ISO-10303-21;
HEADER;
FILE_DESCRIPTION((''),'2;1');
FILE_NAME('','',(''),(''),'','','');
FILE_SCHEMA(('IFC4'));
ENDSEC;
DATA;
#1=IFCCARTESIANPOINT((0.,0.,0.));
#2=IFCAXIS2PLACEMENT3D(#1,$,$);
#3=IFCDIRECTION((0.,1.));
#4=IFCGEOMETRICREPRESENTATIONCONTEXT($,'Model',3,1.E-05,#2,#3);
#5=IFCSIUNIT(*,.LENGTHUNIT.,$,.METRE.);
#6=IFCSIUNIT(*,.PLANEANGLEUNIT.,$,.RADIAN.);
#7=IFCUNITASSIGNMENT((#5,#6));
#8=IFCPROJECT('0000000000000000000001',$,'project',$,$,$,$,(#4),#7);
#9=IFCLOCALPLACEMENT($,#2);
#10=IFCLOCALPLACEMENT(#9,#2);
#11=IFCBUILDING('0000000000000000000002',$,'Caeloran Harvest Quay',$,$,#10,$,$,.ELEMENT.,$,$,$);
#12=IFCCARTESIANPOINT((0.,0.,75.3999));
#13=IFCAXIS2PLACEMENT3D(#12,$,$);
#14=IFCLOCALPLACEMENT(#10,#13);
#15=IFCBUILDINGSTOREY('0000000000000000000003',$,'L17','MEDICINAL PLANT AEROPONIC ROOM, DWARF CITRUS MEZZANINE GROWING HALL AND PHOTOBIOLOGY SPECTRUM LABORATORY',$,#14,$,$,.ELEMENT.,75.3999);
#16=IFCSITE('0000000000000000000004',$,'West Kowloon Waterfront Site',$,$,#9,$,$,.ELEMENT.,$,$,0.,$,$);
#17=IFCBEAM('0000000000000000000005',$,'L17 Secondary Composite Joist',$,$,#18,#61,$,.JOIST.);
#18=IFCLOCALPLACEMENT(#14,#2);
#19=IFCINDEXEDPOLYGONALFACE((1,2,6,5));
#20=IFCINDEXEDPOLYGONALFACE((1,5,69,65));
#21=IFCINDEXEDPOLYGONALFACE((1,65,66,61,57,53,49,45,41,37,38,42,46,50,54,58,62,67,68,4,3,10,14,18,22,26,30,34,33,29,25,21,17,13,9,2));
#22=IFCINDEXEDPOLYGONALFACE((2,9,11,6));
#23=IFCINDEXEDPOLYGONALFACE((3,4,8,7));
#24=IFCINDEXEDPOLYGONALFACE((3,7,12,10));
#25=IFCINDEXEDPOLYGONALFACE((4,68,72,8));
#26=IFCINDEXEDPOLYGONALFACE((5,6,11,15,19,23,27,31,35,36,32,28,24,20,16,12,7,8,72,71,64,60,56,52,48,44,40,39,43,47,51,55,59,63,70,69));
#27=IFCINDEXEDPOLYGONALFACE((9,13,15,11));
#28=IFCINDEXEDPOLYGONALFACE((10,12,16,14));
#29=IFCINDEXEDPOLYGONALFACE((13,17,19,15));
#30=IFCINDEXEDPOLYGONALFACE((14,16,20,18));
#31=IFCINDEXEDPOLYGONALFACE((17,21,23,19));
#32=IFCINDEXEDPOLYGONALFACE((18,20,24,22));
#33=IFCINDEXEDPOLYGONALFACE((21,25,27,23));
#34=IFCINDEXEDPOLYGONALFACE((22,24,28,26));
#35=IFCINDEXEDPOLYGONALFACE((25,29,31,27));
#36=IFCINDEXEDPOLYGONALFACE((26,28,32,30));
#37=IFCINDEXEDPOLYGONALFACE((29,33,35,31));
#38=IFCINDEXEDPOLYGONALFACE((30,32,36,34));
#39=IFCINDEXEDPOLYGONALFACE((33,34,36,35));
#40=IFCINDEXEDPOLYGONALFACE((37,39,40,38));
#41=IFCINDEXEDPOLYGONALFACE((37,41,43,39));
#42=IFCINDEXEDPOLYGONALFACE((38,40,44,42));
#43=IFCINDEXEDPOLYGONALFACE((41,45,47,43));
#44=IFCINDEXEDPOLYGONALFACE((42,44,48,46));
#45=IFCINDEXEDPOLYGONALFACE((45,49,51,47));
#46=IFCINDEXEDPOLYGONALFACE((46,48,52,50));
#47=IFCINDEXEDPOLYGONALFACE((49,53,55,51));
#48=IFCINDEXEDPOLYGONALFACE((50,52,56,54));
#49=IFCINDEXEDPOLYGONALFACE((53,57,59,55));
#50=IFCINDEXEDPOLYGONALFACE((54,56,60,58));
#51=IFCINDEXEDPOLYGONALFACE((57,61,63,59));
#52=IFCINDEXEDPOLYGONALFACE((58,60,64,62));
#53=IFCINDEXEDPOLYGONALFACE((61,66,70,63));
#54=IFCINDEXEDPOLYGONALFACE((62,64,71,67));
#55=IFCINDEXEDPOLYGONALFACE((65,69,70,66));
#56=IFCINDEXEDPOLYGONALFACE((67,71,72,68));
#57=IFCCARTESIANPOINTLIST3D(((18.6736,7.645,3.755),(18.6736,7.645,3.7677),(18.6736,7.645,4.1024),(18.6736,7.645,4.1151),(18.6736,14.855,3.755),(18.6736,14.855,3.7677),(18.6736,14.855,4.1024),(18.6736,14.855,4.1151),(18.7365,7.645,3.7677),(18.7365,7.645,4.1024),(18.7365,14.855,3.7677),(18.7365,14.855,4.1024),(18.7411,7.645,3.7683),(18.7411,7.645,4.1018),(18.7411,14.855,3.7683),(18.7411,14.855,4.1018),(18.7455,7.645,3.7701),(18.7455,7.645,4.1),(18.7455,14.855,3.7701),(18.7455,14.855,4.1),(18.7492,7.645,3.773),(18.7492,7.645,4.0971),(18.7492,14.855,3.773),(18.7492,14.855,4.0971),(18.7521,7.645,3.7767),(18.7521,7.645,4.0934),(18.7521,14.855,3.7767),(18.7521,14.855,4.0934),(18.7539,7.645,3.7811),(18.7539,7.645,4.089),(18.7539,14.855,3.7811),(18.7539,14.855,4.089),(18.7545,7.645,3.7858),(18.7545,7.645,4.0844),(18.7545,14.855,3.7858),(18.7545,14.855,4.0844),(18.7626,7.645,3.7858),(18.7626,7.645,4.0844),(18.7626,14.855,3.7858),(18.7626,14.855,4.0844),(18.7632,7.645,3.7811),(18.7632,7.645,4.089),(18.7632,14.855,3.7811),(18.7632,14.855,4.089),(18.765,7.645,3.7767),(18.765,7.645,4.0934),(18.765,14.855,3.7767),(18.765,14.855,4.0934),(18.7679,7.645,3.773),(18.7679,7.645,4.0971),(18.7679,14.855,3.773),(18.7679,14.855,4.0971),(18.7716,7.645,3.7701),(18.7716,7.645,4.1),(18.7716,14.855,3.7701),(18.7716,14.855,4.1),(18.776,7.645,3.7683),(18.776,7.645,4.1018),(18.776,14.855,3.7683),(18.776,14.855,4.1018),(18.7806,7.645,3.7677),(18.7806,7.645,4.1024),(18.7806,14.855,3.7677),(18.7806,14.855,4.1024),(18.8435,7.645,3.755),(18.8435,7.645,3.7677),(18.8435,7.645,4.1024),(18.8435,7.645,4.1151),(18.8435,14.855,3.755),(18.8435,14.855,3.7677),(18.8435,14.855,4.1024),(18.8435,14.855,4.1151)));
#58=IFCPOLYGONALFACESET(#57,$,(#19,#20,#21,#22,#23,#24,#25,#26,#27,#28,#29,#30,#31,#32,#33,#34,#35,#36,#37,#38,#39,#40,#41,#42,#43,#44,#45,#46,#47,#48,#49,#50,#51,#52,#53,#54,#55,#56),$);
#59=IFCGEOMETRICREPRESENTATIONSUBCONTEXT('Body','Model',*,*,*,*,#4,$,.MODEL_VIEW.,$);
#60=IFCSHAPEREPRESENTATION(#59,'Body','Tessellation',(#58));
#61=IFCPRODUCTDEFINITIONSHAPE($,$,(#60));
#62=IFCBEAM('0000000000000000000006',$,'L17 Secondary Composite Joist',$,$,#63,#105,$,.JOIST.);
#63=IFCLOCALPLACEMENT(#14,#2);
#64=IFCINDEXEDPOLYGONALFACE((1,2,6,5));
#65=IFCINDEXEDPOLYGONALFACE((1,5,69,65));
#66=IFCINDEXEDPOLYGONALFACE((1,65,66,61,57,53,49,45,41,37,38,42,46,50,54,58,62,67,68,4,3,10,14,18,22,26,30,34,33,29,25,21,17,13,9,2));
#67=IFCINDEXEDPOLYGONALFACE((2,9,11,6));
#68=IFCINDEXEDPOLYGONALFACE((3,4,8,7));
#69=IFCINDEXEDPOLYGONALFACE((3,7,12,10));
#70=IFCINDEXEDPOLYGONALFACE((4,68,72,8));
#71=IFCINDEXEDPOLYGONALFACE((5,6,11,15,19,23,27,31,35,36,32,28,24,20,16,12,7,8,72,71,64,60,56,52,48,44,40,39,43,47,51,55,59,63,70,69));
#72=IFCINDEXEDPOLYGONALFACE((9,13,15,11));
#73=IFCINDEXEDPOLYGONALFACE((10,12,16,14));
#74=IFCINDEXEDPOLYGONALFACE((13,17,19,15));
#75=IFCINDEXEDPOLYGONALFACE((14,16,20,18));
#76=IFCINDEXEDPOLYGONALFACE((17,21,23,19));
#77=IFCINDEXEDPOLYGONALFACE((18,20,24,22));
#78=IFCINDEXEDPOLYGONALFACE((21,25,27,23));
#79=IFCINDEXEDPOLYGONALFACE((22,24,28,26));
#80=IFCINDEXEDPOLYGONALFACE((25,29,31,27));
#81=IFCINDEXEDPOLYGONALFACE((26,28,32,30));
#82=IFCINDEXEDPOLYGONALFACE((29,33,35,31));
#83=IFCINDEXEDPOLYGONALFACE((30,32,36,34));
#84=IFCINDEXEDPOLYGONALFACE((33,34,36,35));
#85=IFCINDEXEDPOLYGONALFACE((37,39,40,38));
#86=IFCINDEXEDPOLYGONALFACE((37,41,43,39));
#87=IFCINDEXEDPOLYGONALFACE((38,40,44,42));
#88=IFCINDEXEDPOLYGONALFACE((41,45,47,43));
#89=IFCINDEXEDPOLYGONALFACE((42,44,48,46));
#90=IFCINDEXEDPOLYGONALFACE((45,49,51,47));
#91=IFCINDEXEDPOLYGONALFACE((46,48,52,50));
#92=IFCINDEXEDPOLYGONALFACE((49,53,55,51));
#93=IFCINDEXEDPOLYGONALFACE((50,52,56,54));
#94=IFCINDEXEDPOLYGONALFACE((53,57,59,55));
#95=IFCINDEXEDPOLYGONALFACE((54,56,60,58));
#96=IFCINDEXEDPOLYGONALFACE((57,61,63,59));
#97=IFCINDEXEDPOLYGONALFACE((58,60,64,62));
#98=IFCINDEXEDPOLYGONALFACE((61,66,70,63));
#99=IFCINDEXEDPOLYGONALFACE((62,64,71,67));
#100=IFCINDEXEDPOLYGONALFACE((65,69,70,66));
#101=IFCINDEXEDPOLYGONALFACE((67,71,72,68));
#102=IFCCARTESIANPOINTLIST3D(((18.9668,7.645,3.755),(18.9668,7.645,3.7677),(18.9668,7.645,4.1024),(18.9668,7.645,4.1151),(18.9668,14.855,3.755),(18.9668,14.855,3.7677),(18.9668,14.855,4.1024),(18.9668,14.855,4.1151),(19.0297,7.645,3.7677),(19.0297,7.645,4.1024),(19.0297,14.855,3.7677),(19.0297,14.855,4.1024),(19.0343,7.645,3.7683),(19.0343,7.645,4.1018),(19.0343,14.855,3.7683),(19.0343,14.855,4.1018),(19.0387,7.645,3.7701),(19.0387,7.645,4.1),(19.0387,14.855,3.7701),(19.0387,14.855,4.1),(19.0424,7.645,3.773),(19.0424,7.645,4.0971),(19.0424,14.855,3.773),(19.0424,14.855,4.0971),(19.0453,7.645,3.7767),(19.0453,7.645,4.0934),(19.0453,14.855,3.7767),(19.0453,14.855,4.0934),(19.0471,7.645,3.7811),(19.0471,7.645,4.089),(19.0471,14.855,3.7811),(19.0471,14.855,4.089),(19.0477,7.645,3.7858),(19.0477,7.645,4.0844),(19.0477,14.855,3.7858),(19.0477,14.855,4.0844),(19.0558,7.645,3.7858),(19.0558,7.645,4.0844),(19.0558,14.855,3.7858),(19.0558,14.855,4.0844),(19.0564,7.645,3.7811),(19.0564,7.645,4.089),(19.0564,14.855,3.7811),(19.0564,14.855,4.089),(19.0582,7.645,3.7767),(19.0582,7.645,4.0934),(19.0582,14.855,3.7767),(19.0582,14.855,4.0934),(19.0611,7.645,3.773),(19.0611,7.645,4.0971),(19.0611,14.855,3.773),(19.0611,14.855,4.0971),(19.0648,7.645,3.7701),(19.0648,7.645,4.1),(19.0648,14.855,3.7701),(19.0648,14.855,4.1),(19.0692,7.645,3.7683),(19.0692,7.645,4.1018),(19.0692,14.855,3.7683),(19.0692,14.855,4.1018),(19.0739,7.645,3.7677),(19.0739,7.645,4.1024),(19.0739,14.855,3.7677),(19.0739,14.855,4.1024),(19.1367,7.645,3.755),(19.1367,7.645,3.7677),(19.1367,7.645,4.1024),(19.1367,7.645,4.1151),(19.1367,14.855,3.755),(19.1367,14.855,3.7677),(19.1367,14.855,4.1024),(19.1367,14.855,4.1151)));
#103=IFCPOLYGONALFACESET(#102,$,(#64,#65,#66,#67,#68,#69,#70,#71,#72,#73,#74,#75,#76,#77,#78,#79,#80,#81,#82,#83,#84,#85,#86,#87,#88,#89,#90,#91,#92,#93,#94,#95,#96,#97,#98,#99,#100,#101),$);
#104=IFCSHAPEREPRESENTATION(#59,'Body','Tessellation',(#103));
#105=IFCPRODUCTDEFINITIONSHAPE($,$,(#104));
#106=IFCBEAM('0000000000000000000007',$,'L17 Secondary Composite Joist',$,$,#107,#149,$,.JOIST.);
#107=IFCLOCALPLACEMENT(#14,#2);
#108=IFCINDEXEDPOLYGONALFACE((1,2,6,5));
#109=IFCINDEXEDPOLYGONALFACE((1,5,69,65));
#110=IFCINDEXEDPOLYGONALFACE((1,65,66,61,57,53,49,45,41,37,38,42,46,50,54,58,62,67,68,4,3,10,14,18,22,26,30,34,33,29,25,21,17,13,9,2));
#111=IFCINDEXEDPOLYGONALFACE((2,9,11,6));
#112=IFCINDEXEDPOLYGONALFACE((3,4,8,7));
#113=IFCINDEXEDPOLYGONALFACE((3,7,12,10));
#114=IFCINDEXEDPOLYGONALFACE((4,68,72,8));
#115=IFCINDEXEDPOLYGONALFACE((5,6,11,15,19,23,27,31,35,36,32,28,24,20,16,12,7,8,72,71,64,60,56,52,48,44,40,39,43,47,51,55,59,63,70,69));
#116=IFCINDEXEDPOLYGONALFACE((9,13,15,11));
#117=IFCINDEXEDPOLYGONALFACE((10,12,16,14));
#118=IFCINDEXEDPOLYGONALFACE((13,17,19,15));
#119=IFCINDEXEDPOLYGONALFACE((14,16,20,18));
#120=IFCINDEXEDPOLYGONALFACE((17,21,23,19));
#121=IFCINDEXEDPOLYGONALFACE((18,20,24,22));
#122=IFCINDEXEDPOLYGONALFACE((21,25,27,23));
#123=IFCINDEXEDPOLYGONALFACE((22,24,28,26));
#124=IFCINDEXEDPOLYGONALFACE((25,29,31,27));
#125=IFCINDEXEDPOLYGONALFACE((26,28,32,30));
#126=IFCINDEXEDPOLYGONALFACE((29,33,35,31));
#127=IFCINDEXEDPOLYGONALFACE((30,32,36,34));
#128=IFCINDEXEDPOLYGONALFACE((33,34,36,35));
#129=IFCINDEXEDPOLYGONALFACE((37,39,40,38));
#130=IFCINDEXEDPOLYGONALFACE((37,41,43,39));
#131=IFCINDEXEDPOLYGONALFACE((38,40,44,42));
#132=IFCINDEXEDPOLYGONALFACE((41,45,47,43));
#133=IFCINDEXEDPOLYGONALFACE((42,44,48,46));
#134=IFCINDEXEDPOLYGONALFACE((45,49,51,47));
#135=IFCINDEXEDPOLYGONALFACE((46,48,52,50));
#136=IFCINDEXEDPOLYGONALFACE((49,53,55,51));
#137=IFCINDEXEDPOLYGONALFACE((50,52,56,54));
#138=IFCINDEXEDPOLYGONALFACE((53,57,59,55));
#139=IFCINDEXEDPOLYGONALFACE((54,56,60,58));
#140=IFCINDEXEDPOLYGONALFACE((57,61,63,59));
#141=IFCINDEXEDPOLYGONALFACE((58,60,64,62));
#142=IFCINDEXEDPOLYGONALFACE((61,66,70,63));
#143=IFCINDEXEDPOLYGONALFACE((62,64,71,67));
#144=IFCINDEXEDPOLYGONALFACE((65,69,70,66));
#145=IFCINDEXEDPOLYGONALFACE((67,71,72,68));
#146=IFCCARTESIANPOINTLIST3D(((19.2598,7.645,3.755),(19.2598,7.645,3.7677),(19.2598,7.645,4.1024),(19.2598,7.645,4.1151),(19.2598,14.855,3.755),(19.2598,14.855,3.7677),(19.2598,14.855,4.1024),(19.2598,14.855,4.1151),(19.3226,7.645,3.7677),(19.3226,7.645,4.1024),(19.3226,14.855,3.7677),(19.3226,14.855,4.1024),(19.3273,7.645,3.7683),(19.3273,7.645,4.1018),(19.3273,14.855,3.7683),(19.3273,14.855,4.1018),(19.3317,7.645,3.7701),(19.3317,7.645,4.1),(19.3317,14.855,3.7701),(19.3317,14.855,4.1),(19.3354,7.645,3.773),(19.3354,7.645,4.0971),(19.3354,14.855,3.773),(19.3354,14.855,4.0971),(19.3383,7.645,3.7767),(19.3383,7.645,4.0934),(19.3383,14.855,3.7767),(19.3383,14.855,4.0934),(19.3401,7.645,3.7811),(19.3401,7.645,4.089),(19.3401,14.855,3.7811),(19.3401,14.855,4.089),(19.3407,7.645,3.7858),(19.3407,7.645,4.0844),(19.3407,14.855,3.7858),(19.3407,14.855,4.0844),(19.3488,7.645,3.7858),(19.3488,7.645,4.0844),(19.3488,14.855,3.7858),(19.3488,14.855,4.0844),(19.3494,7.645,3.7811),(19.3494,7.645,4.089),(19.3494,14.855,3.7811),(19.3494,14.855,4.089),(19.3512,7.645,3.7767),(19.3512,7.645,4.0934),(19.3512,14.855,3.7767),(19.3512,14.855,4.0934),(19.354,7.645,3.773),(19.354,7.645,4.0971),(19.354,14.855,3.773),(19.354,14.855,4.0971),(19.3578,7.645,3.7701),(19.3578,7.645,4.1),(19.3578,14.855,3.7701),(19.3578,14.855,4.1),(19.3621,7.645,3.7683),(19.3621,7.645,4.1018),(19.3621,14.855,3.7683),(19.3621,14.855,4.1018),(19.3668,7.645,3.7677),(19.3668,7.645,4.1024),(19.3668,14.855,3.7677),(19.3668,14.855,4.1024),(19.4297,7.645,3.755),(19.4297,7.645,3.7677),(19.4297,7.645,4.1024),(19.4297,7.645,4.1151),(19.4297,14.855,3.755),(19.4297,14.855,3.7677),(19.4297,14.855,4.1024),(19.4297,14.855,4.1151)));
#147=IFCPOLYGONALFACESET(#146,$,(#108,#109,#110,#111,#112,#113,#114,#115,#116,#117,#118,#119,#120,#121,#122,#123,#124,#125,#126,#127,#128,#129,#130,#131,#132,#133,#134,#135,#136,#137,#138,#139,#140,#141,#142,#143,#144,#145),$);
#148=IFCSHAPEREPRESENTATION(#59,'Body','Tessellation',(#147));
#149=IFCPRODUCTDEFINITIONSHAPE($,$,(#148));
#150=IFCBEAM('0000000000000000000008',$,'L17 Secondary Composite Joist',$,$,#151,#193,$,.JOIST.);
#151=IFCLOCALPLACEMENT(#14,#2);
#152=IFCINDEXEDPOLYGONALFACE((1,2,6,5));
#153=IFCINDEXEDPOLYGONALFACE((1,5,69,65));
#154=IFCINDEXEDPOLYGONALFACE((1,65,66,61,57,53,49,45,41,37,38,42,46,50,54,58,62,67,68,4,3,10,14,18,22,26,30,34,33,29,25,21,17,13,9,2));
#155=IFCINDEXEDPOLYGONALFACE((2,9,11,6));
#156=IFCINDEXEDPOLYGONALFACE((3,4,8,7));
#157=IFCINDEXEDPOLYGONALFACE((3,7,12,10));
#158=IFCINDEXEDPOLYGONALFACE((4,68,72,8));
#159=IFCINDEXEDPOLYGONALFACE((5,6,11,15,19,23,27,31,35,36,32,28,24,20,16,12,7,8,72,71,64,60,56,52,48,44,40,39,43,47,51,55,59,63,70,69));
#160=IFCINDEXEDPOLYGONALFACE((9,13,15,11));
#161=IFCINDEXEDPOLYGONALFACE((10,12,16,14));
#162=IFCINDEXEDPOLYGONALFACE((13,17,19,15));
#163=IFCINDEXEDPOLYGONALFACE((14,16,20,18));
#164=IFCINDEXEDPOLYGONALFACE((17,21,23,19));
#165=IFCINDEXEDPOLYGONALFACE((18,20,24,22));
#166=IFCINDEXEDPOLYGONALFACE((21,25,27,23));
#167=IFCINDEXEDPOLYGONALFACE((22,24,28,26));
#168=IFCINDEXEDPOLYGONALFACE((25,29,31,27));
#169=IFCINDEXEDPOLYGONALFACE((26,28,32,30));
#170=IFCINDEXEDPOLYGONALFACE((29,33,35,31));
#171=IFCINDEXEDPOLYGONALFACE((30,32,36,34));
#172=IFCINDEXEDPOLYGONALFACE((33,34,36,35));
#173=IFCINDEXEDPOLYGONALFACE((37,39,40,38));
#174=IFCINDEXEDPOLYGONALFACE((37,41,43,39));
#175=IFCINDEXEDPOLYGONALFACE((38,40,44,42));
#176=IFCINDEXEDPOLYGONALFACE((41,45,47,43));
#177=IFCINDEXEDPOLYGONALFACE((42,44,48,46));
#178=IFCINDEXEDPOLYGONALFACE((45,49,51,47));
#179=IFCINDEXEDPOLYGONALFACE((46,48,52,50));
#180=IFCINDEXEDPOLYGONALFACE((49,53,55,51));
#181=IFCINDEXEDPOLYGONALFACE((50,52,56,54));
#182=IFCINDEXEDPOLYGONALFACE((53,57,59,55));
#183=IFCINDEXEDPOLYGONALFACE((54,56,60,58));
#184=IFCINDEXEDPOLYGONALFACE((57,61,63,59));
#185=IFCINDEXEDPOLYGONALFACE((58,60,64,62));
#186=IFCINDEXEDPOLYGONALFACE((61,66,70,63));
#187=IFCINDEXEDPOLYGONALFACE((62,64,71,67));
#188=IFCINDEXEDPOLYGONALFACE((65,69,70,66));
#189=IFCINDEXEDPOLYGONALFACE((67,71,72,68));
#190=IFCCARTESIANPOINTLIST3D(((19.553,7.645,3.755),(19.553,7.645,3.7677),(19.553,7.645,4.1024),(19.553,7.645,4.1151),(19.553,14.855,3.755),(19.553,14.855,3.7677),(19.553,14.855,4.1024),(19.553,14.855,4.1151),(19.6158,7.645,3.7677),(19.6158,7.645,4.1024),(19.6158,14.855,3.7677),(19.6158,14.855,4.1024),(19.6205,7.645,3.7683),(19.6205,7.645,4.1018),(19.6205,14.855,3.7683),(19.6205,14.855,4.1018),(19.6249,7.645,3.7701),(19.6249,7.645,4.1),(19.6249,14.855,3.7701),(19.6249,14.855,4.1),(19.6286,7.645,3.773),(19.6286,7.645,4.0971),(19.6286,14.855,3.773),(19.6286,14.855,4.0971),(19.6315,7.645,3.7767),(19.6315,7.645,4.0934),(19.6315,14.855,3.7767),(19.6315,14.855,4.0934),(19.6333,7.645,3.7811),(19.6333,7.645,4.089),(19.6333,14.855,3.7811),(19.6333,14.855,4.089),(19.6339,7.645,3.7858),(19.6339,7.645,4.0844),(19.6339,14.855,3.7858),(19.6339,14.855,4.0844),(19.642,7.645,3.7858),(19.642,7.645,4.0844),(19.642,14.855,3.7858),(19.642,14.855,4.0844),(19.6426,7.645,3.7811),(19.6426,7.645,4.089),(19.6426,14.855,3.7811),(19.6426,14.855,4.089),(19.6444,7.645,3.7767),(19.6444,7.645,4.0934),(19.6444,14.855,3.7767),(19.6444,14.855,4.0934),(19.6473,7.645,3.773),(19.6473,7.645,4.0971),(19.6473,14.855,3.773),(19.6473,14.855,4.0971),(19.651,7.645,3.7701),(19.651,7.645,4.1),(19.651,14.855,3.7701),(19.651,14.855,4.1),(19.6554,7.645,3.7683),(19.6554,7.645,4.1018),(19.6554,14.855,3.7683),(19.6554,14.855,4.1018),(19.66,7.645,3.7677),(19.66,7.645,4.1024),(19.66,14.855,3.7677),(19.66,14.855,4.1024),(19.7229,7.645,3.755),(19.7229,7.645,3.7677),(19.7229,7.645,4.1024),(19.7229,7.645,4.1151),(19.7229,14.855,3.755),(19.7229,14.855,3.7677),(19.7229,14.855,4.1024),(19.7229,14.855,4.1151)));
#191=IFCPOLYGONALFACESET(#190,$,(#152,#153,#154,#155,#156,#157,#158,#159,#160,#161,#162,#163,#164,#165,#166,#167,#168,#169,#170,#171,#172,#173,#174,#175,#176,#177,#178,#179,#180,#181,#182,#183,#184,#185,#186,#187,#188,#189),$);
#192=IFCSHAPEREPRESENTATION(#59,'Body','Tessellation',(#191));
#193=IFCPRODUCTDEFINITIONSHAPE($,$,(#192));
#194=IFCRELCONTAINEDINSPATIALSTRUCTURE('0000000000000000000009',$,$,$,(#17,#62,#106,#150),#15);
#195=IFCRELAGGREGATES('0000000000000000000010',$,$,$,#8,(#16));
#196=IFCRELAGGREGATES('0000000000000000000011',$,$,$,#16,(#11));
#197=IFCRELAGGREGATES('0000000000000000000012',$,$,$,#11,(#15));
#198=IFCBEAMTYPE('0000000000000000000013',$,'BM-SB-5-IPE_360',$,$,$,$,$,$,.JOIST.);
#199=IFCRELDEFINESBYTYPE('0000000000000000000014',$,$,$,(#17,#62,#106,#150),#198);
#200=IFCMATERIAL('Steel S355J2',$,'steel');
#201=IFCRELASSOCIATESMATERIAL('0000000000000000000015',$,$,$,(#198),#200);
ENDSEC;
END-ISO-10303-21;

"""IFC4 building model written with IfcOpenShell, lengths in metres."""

from ifc_helpers import new_model, si_unit, direction, frame, origin, origin_2d, place, context, subcontext, project, spatial, i_section, extrude, material, material_profile, profile_set, type_object, element, save


model = new_model("IFC4")

# Units and contexts
model_context = context("Model", 3, precision=1e-05, world=origin(), true_north=direction((0.0, 1.0)))
body_context = subcontext(model_context, "Body", "Model", "MODEL_VIEW")
ifc_project = project(units=[si_unit("LENGTHUNIT", "METRE"), si_unit("PLANEANGLEUNIT", "RADIAN")], contexts=[model_context])

# Site, building, storey
site_placement = place(None, origin())
site = spatial("IfcSite", under=ifc_project, at=site_placement, Name="West Kowloon Waterfront Site", CompositionType="ELEMENT", RefElevation=0.0)
building_placement = place(site_placement, origin())
building = spatial("IfcBuilding", under=site, at=building_placement, Name="Caeloran Harvest Quay", CompositionType="ELEMENT")
storey_placement = place(building_placement, frame((0.0, 0.0, 75.3999)))
storey = spatial("IfcBuildingStorey", under=building, at=storey_placement, Name="L17", Description="MEDICINAL PLANT AEROPONIC ROOM, DWARF CITRUS MEZZANINE GROWING HALL AND PHOTOBIOLOGY SPECTRUM LABORATORY", CompositionType="ELEMENT", Elevation=75.3999)

# Beams
ifc_material_1 = material(Name="Steel S355J2", Category="steel")
ifc_material_profile_1 = material_profile(ifc_material_1, i_section(OverallWidth=0.1699, OverallDepth=0.3601, WebThickness=0.0081, FlangeThickness=0.0127, FilletRadius=0.0181, at=origin_2d()), Name="IPE 360")
ifc_profile_set_1 = profile_set([ifc_material_profile_1], Name="Steel S355J2")
beam_type_1 = type_object("IfcBeamType", Name="BM-SB-5-IPE_360", PredefinedType="JOIST", material=ifc_profile_set_1)
for number, where, z_axis, x_axis, name in (
    (1, (18.7585, 7.645, 3.9351), (0.0, 1.0, 0.0), (-1.0, 0.0, 0.0), "L17 Secondary Composite Joist"),
    (2, (19.0518, 7.645, 3.9351), (0.0, 1.0, 0.0), (-1.0, 0.0, 0.0), "L17 Secondary Composite Joist"),
    (3, (19.3447, 7.645, 3.9351), (0.0, 1.0, 0.0), (-1.0, 0.0, 0.0), "L17 Secondary Composite Joist"),
    (4, (19.6379, 7.645, 3.9351), (0.0, 1.0, 0.0), (-1.0, 0.0, 0.0), "L17 Secondary Composite Joist"),
):
    element("IfcBeam", number, at=place(storey_placement, frame(where, z_axis=z_axis, x_axis=x_axis)), inside=storey, type_object=beam_type_1, Name=name, PredefinedType="JOIST", context=body_context, shape_type="SweptSolid", body=[
        extrude(i_section(OverallWidth=0.1699, OverallDepth=0.3601, WebThickness=0.0081, FlangeThickness=0.0127, FilletRadius=0.0181, at=origin_2d()), origin(), (0.0, 0.0, 1.0), 7.21),
    ])

save(model, "model.ifc")
